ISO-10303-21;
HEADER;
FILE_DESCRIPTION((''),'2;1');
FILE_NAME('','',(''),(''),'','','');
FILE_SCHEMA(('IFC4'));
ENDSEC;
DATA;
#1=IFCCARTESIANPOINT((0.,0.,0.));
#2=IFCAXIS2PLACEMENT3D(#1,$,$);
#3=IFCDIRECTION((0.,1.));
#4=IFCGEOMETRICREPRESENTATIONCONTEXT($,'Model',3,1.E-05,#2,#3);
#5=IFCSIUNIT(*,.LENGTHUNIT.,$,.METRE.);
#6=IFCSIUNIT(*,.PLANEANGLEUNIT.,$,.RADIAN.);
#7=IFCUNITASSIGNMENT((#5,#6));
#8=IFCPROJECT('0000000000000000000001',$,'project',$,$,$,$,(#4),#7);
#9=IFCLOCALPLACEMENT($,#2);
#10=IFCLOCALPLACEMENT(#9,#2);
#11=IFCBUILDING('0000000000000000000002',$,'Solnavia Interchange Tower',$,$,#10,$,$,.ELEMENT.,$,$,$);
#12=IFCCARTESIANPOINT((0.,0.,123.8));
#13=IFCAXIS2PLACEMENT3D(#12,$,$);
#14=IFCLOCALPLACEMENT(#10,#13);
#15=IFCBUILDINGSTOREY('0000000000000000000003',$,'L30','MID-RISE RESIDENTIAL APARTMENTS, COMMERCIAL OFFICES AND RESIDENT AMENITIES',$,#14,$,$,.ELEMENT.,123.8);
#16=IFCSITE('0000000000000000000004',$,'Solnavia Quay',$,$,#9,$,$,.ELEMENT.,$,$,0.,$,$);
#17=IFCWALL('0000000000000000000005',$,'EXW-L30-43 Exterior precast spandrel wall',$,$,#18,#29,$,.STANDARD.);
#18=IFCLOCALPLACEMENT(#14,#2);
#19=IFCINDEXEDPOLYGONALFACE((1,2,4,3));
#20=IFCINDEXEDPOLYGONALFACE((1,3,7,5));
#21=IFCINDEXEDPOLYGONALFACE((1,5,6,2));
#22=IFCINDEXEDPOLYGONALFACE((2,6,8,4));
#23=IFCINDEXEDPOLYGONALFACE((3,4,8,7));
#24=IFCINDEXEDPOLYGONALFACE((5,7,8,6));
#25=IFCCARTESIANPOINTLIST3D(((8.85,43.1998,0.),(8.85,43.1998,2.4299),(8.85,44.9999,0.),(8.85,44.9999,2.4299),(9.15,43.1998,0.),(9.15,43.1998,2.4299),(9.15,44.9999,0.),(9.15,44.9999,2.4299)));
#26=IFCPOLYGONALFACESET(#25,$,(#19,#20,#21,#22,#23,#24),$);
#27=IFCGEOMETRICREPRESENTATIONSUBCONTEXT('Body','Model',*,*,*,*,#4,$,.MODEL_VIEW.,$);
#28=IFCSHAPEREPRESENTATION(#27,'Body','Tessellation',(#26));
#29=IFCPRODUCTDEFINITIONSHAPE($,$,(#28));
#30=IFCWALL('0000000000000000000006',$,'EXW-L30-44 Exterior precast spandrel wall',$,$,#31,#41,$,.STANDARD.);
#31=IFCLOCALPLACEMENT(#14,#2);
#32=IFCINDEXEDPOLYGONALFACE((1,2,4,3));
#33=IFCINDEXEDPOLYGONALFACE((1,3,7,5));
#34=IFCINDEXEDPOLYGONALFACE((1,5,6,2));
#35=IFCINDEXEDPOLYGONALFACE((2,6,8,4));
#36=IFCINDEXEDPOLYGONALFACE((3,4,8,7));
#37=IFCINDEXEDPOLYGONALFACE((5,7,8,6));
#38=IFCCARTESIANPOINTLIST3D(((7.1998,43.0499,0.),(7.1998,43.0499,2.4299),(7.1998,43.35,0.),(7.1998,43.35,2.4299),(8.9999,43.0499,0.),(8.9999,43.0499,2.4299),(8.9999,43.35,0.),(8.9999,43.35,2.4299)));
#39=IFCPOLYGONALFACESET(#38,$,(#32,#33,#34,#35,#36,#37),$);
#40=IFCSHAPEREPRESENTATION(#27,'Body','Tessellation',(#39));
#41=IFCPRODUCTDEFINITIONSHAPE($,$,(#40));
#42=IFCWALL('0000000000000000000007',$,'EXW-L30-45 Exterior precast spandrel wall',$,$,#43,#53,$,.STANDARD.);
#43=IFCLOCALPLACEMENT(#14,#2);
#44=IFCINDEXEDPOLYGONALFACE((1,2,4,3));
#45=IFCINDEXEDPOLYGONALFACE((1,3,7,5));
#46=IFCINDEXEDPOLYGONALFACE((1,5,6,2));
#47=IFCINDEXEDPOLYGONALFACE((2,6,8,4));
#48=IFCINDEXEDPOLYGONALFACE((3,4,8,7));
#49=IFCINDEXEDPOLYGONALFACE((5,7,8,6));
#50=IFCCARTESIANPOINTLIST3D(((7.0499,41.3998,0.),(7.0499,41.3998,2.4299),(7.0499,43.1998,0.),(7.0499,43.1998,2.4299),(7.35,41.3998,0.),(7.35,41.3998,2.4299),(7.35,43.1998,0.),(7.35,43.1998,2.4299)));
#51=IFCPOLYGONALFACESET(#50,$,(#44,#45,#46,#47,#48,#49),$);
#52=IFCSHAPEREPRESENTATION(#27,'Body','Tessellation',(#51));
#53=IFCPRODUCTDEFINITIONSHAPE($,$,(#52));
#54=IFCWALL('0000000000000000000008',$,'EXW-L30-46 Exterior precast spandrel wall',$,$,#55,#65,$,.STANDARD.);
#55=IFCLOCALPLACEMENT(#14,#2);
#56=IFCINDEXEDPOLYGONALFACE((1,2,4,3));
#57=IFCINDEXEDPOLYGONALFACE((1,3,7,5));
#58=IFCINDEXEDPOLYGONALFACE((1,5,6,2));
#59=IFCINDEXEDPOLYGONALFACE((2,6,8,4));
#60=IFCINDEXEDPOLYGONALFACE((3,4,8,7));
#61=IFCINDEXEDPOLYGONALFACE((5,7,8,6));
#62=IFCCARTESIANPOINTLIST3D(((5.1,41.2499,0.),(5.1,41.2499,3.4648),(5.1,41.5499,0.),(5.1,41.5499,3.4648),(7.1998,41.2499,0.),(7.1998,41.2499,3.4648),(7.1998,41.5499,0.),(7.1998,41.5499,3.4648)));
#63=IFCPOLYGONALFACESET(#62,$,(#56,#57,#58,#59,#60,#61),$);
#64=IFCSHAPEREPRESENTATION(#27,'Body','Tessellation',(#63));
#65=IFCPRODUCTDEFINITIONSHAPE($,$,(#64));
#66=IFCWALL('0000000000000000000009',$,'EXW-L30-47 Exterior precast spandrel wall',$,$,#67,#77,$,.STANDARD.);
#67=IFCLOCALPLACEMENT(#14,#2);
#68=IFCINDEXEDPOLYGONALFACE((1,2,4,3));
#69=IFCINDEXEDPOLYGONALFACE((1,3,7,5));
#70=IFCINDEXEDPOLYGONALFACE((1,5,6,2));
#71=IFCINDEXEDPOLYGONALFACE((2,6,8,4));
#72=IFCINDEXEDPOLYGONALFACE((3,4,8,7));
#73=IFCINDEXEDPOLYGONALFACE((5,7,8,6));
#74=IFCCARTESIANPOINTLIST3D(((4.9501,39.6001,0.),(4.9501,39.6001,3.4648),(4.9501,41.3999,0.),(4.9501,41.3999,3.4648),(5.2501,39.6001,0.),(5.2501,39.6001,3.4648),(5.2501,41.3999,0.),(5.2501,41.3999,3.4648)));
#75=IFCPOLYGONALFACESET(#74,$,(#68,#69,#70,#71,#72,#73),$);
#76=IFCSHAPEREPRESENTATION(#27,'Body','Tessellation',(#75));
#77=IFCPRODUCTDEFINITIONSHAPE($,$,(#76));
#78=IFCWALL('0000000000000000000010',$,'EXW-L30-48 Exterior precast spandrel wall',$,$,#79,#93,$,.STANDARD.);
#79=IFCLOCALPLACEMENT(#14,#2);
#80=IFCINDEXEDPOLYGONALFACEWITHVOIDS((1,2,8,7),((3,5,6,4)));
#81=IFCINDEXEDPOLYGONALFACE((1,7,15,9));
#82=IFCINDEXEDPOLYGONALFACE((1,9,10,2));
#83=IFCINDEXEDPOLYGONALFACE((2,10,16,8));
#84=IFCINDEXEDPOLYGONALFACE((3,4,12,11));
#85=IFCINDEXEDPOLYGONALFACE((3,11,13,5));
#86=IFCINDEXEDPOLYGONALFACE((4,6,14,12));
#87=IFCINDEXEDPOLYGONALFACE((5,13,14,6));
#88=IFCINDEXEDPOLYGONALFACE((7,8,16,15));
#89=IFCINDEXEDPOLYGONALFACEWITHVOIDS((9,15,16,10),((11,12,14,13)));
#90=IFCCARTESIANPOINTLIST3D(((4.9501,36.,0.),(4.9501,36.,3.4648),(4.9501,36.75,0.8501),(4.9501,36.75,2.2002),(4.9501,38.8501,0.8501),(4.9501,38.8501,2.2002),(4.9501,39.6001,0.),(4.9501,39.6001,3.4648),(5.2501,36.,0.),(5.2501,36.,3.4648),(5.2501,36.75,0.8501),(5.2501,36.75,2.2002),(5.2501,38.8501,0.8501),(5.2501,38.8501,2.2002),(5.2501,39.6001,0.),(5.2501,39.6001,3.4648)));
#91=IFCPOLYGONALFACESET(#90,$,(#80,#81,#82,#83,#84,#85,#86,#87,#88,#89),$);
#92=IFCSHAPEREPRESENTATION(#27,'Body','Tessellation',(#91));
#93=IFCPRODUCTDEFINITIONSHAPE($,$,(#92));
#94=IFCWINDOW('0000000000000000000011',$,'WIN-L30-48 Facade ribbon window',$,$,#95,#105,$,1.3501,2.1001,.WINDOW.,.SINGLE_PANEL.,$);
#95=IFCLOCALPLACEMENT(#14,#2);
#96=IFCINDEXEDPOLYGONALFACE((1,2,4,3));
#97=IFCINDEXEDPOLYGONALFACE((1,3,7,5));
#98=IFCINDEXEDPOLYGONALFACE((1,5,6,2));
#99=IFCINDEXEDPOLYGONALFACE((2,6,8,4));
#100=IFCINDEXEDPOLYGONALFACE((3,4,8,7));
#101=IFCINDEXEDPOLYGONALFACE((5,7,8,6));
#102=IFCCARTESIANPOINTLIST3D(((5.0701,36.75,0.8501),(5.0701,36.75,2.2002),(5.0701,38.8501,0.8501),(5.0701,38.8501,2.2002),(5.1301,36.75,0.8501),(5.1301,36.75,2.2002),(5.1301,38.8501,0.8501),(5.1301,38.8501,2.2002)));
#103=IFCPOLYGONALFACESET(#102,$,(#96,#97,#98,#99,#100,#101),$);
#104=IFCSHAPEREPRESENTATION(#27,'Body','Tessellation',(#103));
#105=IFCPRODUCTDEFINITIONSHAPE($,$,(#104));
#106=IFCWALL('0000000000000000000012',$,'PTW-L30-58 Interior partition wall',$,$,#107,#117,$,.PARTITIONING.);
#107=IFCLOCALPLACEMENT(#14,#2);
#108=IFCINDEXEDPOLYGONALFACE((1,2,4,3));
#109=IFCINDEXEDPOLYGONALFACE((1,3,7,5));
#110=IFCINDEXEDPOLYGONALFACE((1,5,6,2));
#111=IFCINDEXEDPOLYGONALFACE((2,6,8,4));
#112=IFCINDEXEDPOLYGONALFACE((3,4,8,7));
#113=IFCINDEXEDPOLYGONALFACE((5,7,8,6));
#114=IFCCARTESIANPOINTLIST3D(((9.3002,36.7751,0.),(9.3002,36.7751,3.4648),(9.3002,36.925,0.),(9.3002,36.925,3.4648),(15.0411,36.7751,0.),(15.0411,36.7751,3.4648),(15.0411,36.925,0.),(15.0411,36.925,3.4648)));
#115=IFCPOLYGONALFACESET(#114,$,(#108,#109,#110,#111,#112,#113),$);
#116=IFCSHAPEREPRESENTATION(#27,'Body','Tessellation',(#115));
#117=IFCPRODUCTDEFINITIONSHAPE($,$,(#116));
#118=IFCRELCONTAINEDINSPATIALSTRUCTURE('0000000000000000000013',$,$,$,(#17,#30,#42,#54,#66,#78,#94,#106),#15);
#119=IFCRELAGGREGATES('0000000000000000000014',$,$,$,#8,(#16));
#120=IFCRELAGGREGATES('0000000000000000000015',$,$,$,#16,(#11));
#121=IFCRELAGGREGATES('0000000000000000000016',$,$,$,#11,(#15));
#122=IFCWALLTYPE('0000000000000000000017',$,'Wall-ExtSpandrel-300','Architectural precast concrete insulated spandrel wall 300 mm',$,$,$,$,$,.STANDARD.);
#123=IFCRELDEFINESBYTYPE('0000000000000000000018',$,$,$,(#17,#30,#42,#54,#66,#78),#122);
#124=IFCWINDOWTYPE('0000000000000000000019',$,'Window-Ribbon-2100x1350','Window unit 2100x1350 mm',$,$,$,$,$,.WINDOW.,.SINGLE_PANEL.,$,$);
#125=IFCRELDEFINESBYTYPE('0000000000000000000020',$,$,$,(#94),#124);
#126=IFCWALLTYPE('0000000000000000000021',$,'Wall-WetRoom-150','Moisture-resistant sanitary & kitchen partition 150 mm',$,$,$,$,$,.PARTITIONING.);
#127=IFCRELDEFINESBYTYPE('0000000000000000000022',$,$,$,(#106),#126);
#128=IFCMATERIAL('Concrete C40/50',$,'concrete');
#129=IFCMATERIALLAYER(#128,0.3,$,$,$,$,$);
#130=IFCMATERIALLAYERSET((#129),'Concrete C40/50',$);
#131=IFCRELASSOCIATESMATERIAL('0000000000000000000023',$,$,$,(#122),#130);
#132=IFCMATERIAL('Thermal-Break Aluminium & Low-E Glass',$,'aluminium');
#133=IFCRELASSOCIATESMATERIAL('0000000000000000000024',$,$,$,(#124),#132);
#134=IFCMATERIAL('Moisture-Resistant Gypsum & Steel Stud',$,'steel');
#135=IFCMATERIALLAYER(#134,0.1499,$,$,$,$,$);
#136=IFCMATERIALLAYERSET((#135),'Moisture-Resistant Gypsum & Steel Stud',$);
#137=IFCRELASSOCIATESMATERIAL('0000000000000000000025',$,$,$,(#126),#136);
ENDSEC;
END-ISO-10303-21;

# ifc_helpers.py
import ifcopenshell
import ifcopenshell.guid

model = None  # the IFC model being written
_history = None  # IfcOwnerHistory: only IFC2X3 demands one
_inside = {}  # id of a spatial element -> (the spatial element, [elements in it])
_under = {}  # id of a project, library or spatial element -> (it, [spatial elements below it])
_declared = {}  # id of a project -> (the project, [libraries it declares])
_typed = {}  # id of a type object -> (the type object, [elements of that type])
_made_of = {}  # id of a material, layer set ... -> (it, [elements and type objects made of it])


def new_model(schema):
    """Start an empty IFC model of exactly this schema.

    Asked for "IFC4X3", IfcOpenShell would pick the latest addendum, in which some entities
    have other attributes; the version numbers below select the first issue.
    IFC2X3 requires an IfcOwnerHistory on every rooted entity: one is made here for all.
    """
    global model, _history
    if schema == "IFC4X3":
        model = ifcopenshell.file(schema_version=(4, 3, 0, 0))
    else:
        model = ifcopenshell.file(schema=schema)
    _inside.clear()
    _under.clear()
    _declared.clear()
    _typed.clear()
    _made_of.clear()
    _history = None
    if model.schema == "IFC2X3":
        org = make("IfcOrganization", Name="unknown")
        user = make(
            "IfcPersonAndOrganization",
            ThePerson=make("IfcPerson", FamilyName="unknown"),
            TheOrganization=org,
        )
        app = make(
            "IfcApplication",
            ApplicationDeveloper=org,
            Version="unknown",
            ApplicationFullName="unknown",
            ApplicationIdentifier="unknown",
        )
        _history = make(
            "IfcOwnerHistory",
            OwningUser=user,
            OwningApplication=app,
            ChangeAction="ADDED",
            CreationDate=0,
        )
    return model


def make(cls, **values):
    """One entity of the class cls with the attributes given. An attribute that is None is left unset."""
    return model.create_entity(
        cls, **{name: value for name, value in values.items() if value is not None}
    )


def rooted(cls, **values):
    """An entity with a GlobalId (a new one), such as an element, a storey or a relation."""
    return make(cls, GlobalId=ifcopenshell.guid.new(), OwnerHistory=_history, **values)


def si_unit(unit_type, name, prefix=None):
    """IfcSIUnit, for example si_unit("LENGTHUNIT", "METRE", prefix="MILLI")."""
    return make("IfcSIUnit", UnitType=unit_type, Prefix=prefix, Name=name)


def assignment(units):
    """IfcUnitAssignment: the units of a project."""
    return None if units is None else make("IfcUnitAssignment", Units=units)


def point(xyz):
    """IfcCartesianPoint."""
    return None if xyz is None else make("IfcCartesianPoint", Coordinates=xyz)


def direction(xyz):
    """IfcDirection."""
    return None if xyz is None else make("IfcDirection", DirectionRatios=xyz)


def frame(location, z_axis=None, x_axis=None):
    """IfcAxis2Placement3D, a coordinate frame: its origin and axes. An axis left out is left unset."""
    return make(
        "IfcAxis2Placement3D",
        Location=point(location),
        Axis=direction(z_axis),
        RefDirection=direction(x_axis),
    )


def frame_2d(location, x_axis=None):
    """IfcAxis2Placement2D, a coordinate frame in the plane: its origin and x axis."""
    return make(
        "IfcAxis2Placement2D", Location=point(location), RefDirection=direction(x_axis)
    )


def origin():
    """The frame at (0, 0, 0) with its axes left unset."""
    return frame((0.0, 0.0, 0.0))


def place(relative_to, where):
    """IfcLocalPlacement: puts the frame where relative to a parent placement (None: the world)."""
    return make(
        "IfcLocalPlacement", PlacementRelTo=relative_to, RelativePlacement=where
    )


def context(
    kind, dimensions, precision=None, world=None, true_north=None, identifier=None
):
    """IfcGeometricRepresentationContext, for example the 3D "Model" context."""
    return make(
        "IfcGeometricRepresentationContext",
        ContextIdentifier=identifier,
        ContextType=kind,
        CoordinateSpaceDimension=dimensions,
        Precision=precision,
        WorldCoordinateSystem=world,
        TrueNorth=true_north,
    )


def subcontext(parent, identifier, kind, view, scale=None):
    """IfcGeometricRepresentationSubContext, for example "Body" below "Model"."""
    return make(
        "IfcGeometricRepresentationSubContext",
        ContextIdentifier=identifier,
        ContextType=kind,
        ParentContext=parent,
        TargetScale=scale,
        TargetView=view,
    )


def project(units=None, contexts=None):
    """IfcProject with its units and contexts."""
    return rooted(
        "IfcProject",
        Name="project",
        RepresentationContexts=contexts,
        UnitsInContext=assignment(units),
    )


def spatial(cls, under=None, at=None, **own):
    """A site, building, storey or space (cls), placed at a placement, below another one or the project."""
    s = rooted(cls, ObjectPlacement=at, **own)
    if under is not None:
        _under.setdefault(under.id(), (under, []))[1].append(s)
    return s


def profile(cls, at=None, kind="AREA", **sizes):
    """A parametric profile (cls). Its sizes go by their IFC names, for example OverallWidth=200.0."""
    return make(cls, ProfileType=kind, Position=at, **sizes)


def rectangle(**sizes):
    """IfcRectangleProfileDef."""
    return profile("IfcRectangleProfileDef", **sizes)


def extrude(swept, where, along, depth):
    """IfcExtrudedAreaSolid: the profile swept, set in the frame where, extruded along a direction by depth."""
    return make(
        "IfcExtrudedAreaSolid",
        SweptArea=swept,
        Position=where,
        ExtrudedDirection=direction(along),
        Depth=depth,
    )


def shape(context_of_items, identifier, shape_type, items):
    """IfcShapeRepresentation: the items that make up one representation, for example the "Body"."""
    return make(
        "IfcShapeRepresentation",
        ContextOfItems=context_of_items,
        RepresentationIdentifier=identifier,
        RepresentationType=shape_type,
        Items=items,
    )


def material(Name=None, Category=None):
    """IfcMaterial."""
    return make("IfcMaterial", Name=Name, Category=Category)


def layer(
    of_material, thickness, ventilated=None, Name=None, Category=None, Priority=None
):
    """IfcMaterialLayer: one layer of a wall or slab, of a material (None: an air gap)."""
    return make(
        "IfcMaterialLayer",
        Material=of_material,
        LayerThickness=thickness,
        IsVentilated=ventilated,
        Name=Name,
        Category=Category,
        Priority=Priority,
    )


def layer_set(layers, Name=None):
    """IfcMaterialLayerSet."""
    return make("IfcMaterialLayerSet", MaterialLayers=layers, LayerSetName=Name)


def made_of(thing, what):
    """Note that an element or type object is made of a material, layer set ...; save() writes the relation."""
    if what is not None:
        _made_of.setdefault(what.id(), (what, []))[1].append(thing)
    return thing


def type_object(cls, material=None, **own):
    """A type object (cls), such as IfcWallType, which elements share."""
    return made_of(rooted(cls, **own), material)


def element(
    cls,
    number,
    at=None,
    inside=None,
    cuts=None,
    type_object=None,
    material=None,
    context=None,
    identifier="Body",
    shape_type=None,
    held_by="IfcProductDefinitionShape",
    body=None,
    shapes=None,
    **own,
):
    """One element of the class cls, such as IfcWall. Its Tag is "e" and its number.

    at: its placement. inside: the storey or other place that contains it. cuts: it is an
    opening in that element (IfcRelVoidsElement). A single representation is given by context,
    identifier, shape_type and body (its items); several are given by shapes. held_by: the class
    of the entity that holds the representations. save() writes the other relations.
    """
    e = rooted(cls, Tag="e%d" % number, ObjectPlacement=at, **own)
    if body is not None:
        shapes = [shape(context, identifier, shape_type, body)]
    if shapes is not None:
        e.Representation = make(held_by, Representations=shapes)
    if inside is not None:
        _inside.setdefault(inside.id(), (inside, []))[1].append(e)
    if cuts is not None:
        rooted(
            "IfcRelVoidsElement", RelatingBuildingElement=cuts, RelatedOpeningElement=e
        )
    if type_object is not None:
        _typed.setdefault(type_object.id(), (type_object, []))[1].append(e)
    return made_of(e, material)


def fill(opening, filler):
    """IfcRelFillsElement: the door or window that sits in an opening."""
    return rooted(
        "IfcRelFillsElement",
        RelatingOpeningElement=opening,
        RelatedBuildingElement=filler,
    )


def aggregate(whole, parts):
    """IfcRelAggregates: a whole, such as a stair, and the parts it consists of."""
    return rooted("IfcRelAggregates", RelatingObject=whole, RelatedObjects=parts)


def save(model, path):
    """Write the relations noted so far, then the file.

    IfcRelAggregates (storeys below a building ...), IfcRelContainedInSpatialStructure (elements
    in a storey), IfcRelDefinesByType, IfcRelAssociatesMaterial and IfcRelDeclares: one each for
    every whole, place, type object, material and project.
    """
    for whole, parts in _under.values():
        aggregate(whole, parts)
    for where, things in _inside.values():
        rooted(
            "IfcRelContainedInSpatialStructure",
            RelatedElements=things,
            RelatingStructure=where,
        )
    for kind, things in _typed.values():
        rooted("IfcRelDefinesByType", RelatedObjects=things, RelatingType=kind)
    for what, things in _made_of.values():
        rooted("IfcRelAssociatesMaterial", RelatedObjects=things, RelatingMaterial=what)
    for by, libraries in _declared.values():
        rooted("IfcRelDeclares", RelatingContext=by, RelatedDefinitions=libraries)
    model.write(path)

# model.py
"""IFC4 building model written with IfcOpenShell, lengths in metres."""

from ifc_helpers import new_model, si_unit, direction, frame, frame_2d, origin, place, context, subcontext, project, spatial, rectangle, extrude, material, layer, layer_set, type_object, element, fill, save


model = new_model("IFC4")

# Units and contexts
model_context = context("Model", 3, precision=1e-05, world=origin(), true_north=direction((0.0, 1.0)))
body_context = subcontext(model_context, "Body", "Model", "MODEL_VIEW")
ifc_project = project(units=[si_unit("LENGTHUNIT", "METRE"), si_unit("PLANEANGLEUNIT", "RADIAN")], contexts=[model_context])

# Site, building, storey
site_placement = place(None, origin())
site = spatial("IfcSite", under=ifc_project, at=site_placement, Name="Solnavia Quay", CompositionType="ELEMENT", RefElevation=0.0)
building_placement = place(site_placement, origin())
building = spatial("IfcBuilding", under=site, at=building_placement, Name="Solnavia Interchange Tower", CompositionType="ELEMENT")
storey_placement = place(building_placement, frame((0.0, 0.0, 123.8)))
storey = spatial("IfcBuildingStorey", under=building, at=storey_placement, Name="L30", Description="MID-RISE RESIDENTIAL APARTMENTS, COMMERCIAL OFFICES AND RESIDENT AMENITIES", CompositionType="ELEMENT", Elevation=123.8)

# Walls
ifc_material_1 = material(Name="Concrete C40/50", Category="concrete")
ifc_layer_1 = layer(ifc_material_1, 0.3)
ifc_layer_set_1 = layer_set([ifc_layer_1], Name="Concrete C40/50")
wall_type_1 = type_object("IfcWallType", Name="Wall-ExtSpandrel-300", Description="Architectural precast concrete insulated spandrel wall 300 mm", PredefinedType="STANDARD", material=ifc_layer_set_1)
for number, where, z_axis, x_axis, name in (
    (1, (9.0, 43.2, 0.0), (0.0, 0.0, 1.0), (0.0, 1.0, 0.0), "EXW-L30-43 Exterior precast spandrel wall"),
    (2, (7.2, 43.2, 0.0), (0.0, 0.0, 1.0), (1.0, 0.0, 0.0), "EXW-L30-44 Exterior precast spandrel wall"),
    (3, (7.2, 41.3999, 0.0), (0.0, 0.0, 1.0), (0.0, 1.0, 0.0), "EXW-L30-45 Exterior precast spandrel wall"),
):
    element("IfcWall", number, at=place(storey_placement, frame(where, z_axis=z_axis, x_axis=x_axis)), inside=storey, type_object=wall_type_1, Name=name, PredefinedType="STANDARD", context=body_context, shape_type="SweptSolid", body=[
        extrude(rectangle(XDim=1.8, YDim=0.3, at=frame_2d((0.8999, 0.0))), origin(), (0.0, 0.0, 1.0), 2.4299),
    ])
wall_1_placement = place(storey_placement, frame((5.1001, 41.3999, 0.0), z_axis=(0.0, 0.0, 1.0), x_axis=(1.0, 0.0, 0.0)))
element("IfcWall", 4, at=wall_1_placement, inside=storey, type_object=wall_type_1, Name="EXW-L30-46 Exterior precast spandrel wall", PredefinedType="STANDARD", context=body_context, shape_type="SweptSolid", body=[
    extrude(rectangle(XDim=2.0999, YDim=0.3, at=frame_2d((1.0498, 0.0))), origin(), (0.0, 0.0, 1.0), 3.4648),
])
wall_2_placement = place(storey_placement, frame((5.1001, 39.6001, 0.0), z_axis=(0.0, 0.0, 1.0), x_axis=(0.0, 1.0, 0.0)))
element("IfcWall", 5, at=wall_2_placement, inside=storey, type_object=wall_type_1, Name="EXW-L30-47 Exterior precast spandrel wall", PredefinedType="STANDARD", context=body_context, shape_type="SweptSolid", body=[
    extrude(rectangle(XDim=1.7998, YDim=0.3, at=frame_2d((0.8999, 0.0))), origin(), (0.0, 0.0, 1.0), 3.4648),
])

# Wall, opening, window
wall_3_placement = place(storey_placement, frame((5.1001, 36.0, 0.0), z_axis=(0.0, 0.0, 1.0), x_axis=(0.0, 1.0, 0.0)))
wall_3 = element("IfcWall", 6, at=wall_3_placement, inside=storey, type_object=wall_type_1, Name="EXW-L30-48 Exterior precast spandrel wall", PredefinedType="STANDARD", context=body_context, shape_type="SweptSolid", body=[
    extrude(rectangle(XDim=3.6001, YDim=0.3, at=frame_2d((1.8, 0.0))), origin(), (0.0, 0.0, 1.0), 3.4648),
])
opening_placement = place(wall_3_placement, frame((0.75, 0.0, 0.8501)))
opening = element("IfcOpeningElement", 7, at=opening_placement, cuts=wall_3, PredefinedType="OPENING", context=body_context, shape_type="SweptSolid", body=[
    extrude(rectangle(XDim=2.1001, YDim=1.3501, at=frame_2d((1.05, 0.675))), frame((0.0, 0.1602, 0.0), z_axis=(0.0, -1.0, 0.0), x_axis=(1.0, 0.0, 0.0)), (0.0, 0.0, 1.0), 0.3201),
])
ifc_material_2 = material(Name="Thermal-Break Aluminium & Low-E Glass", Category="aluminium")
window_type = type_object("IfcWindowType", Name="Window-Ribbon-2100x1350", Description="Window unit 2100x1350 mm", PartitioningType="SINGLE_PANEL", PredefinedType="WINDOW", material=ifc_material_2)
window_placement = place(opening_placement, origin())
window = element("IfcWindow", 8, at=window_placement, inside=storey, type_object=window_type, Name="WIN-L30-48 Facade ribbon window", OverallHeight=1.3501, OverallWidth=2.1001, PartitioningType="SINGLE_PANEL", PredefinedType="WINDOW", context=body_context, shape_type="SweptSolid", body=[
    extrude(rectangle(XDim=2.1001, YDim=1.3501, at=frame_2d((1.05, 0.675))), frame((0.0, 0.03, 0.0), z_axis=(0.0, -1.0, 0.0), x_axis=(1.0, 0.0, 0.0)), (0.0, 0.0, 1.0), 0.0601),
])
fill(opening, window)

# Wall
ifc_material_3 = material(Name="Moisture-Resistant Gypsum & Steel Stud", Category="steel")
ifc_layer_2 = layer(ifc_material_3, 0.1499)
ifc_layer_set_2 = layer_set([ifc_layer_2], Name="Moisture-Resistant Gypsum & Steel Stud")
wall_type_2 = type_object("IfcWallType", Name="Wall-WetRoom-150", Description="Moisture-resistant sanitary & kitchen partition 150 mm", PredefinedType="PARTITIONING", material=ifc_layer_set_2)
wall_4_placement = place(storey_placement, frame((9.3, 36.8501, 0.0), z_axis=(0.0, 0.0, 1.0), x_axis=(1.0, 0.0, 0.0)))
element("IfcWall", 9, at=wall_4_placement, inside=storey, type_object=wall_type_2, Name="PTW-L30-58 Interior partition wall", PredefinedType="PARTITIONING", context=body_context, shape_type="SweptSolid", body=[
    extrude(rectangle(XDim=5.741, YDim=0.1499, at=frame_2d((2.8706, 0.0))), origin(), (0.0, 0.0, 1.0), 3.4648),
])

save(model, "model.ifc")
